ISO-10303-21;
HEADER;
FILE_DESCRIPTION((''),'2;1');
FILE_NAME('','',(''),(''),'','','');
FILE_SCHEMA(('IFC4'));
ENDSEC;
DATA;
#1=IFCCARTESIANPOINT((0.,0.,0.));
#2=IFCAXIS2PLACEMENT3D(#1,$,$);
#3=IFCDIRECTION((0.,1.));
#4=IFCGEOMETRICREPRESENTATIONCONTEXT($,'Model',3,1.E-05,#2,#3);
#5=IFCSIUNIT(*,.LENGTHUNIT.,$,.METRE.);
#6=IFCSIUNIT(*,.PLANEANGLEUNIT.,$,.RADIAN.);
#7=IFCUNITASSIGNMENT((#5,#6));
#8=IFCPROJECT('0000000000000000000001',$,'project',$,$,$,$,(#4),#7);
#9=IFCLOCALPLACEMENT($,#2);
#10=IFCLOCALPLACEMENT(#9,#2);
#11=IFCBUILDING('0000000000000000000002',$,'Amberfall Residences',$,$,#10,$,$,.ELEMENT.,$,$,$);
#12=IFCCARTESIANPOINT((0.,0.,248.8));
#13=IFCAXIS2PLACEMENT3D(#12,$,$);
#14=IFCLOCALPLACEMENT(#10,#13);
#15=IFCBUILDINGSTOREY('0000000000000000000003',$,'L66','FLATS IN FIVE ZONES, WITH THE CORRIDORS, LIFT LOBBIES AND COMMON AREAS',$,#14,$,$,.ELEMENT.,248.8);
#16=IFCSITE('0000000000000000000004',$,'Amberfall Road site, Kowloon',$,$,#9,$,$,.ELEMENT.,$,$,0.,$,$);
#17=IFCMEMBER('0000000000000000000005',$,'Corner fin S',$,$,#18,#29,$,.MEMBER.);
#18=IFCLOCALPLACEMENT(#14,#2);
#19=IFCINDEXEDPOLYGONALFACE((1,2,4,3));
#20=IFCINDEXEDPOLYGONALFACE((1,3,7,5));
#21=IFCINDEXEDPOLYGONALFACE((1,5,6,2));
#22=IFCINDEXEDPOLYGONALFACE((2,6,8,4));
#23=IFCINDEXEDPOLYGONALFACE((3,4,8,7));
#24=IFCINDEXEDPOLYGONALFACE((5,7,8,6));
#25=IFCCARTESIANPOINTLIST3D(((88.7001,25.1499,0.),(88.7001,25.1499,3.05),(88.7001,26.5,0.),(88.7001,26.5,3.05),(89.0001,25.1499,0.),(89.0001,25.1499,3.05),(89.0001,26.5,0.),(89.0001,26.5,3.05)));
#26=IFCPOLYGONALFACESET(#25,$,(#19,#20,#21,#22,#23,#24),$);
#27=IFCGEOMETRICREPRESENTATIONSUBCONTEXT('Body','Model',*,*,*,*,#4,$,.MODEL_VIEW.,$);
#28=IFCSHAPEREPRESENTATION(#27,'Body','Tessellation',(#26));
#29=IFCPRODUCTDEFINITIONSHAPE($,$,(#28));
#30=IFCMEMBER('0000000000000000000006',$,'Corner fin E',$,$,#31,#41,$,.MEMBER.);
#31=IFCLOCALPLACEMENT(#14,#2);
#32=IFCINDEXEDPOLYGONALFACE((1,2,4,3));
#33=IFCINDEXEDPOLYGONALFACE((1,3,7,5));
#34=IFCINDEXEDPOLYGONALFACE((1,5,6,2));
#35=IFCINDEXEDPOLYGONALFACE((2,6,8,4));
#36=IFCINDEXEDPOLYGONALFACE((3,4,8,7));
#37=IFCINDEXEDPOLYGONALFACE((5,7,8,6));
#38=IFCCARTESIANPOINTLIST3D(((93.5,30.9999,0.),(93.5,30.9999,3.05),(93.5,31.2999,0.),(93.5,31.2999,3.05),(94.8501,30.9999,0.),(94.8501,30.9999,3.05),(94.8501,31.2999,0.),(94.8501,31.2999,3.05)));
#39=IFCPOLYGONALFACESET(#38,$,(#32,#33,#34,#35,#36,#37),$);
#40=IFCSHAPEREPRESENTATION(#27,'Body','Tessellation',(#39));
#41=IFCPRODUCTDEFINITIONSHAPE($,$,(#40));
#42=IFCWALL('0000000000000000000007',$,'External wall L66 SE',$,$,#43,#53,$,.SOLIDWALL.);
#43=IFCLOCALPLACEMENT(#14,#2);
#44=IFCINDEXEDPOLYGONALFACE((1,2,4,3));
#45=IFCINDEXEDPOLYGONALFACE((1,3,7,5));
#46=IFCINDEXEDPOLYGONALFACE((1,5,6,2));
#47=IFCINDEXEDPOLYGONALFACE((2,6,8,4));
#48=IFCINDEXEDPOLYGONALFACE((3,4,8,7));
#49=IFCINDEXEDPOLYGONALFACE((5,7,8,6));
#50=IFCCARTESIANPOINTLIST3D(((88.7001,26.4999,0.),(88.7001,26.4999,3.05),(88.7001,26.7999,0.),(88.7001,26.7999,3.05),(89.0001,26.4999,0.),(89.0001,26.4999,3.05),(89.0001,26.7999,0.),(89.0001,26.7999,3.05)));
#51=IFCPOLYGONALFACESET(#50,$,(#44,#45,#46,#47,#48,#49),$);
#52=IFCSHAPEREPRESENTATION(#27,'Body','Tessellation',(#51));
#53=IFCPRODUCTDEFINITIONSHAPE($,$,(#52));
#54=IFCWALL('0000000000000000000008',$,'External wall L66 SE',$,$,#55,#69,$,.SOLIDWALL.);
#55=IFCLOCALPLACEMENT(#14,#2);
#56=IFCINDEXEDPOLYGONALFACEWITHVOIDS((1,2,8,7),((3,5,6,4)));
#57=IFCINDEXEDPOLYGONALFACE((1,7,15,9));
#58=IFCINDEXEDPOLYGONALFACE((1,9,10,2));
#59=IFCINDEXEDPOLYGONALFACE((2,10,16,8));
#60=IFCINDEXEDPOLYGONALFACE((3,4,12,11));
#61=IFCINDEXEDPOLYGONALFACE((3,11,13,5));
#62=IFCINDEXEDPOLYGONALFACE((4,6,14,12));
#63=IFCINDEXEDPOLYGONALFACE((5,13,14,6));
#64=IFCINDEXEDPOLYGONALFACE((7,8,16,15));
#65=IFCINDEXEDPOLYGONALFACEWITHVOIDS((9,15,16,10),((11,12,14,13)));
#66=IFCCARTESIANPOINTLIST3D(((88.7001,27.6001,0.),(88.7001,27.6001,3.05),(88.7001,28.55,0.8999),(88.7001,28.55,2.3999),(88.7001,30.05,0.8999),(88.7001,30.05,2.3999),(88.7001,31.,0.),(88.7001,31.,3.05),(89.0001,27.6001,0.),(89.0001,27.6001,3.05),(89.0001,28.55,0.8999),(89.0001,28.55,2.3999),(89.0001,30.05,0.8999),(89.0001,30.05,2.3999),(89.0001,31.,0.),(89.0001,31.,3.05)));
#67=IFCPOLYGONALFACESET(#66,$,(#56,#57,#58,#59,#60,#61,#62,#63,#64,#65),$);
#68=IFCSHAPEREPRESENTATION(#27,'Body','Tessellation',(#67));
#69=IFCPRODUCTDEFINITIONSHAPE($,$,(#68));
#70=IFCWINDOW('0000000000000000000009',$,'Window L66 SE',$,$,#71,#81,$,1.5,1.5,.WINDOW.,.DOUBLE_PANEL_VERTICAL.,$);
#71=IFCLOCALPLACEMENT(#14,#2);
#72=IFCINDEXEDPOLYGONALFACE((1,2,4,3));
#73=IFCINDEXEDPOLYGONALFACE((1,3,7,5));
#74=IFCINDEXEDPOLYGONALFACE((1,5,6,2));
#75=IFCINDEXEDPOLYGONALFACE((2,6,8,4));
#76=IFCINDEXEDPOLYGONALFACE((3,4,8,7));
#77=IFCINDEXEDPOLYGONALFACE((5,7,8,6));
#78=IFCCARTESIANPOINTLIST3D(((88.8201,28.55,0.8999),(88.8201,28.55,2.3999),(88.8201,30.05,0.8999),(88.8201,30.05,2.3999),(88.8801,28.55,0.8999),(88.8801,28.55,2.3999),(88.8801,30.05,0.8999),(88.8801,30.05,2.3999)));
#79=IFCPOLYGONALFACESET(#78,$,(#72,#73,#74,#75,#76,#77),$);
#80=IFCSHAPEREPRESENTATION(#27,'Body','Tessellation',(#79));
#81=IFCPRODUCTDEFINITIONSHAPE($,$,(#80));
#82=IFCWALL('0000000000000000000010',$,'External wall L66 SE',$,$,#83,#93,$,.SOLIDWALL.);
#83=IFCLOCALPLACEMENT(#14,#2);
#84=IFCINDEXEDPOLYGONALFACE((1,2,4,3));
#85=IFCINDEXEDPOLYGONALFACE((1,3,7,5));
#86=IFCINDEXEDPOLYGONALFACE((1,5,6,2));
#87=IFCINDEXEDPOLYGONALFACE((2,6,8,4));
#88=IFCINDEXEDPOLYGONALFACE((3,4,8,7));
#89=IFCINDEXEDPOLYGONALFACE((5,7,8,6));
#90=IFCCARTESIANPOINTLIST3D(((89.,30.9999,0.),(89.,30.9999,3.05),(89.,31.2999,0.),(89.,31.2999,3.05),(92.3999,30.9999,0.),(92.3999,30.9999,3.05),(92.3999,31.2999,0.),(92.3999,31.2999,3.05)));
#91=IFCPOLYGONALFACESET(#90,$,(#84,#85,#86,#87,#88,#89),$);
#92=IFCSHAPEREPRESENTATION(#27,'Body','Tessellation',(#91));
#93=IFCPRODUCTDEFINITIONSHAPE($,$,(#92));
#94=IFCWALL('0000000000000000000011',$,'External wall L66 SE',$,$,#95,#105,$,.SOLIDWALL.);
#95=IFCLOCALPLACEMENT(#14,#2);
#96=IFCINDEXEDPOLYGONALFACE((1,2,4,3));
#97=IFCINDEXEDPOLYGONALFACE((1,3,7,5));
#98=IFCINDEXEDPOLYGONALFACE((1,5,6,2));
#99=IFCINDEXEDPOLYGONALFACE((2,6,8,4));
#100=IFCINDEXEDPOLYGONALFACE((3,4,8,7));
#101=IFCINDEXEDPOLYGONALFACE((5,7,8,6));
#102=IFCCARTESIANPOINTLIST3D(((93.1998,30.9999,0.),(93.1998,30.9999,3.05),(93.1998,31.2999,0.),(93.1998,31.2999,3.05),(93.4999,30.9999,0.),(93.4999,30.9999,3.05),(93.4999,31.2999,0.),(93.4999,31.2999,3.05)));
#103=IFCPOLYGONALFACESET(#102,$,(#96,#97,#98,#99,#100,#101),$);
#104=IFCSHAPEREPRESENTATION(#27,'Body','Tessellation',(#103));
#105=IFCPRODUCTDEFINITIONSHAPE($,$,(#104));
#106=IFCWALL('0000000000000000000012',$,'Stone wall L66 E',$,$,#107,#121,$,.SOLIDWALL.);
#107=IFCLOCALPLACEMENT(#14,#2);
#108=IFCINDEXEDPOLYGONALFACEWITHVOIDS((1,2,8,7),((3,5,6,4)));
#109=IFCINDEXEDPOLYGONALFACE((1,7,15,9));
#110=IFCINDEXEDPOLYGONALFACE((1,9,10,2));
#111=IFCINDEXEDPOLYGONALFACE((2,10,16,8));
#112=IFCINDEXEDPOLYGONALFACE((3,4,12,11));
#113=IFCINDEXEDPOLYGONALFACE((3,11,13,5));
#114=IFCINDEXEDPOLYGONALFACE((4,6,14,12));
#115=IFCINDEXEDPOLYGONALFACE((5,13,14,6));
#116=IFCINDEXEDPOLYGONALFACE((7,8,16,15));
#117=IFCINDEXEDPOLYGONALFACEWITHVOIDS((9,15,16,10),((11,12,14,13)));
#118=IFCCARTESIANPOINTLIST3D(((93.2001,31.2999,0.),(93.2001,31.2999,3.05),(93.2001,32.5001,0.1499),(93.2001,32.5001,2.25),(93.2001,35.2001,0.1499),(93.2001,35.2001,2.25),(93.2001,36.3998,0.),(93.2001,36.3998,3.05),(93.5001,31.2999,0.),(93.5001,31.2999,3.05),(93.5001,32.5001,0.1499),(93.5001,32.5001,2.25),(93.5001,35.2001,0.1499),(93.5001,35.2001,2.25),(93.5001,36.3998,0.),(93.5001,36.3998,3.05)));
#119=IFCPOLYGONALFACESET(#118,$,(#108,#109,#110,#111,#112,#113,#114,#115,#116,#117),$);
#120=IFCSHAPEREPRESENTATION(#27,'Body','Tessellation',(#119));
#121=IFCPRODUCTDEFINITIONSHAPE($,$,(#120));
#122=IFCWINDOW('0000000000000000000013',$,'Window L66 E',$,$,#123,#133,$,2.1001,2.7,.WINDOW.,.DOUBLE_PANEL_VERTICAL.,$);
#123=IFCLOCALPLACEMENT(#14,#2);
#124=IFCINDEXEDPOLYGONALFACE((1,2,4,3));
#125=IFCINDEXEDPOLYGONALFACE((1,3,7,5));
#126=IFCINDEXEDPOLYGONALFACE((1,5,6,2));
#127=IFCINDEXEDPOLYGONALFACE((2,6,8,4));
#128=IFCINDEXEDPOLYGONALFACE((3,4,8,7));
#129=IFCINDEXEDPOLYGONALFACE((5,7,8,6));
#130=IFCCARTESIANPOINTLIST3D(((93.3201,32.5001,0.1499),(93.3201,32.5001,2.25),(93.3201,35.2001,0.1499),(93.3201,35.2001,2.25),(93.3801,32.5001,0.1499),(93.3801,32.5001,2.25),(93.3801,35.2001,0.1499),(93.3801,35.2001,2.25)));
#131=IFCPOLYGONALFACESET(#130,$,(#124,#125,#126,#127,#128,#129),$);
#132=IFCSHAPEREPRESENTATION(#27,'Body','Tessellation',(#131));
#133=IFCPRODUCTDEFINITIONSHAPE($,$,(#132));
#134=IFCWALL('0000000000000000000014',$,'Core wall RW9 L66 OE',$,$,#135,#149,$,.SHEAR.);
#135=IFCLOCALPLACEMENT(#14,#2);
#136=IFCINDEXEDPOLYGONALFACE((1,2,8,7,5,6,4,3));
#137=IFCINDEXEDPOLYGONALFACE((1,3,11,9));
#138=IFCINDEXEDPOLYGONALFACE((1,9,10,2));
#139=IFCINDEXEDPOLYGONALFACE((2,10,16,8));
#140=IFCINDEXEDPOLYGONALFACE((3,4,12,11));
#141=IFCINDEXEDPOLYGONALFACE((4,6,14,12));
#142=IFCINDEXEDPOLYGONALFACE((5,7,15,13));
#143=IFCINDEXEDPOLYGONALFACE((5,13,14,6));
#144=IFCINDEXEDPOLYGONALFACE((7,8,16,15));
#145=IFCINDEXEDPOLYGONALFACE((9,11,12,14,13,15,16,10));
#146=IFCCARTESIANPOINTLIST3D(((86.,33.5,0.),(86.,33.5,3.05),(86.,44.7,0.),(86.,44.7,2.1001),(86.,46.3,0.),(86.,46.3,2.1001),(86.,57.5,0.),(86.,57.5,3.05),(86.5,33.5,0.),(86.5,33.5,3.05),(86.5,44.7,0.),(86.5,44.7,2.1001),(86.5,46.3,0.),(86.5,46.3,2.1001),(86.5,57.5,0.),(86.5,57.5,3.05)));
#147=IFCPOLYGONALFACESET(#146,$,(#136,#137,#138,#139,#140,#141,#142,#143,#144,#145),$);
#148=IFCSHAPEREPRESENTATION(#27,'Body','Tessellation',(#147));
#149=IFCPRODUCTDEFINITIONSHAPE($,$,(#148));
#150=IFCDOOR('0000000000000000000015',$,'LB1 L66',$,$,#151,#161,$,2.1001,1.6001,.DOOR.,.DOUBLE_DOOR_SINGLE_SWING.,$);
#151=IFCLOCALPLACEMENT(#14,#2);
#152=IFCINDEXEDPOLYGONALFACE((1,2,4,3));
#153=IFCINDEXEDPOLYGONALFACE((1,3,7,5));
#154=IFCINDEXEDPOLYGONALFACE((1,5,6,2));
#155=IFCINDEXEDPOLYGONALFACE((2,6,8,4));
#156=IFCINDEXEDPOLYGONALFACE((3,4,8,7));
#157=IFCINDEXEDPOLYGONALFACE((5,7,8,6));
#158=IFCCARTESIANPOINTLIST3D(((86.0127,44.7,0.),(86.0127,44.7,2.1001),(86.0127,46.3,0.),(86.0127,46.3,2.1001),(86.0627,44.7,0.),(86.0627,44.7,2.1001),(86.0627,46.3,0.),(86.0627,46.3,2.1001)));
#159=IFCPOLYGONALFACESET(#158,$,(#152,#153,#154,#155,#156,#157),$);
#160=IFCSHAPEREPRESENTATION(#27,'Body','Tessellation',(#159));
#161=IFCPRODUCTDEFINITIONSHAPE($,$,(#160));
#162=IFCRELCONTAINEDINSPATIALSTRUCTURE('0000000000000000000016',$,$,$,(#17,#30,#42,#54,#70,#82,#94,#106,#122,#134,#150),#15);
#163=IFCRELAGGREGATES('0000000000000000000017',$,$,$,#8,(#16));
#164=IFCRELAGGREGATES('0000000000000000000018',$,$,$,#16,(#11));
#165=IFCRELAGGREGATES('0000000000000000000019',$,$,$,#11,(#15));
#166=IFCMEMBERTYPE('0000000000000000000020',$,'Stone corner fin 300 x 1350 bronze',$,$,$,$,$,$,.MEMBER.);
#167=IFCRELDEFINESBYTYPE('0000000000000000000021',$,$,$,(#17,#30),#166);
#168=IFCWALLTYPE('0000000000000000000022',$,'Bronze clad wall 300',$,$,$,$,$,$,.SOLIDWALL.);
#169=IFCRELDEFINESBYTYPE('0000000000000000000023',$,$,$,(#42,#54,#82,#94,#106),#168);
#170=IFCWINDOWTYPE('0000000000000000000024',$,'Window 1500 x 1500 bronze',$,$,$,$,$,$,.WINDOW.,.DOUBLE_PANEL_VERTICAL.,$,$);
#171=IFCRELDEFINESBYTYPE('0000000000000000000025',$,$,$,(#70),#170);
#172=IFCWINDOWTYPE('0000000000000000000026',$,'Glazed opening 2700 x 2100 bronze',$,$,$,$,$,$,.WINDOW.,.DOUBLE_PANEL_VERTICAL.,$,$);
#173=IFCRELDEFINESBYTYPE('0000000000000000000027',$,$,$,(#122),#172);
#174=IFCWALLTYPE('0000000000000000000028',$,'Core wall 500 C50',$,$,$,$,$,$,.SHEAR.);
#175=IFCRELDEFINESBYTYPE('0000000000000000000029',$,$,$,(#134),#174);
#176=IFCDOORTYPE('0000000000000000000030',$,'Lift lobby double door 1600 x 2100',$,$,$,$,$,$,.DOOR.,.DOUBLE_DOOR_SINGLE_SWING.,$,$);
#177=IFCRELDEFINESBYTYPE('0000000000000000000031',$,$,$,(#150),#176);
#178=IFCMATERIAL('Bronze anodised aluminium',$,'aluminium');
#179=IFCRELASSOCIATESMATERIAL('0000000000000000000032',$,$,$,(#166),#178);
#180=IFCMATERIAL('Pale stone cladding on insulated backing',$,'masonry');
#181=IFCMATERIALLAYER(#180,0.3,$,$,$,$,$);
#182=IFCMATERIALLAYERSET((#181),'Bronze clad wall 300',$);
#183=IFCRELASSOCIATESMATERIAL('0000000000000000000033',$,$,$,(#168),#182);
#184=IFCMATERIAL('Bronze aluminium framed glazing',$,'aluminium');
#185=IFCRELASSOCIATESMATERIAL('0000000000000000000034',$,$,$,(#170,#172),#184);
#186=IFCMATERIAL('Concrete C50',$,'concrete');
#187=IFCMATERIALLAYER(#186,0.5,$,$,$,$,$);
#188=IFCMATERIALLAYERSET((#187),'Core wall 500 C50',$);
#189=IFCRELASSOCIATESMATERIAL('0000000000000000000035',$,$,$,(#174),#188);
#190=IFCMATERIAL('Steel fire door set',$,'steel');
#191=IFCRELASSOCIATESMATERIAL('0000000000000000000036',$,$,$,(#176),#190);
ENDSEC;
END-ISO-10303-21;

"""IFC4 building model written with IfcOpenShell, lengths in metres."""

from ifc_helpers import new_model, si_unit, direction, frame, frame_2d, origin, origin_2d, place, context, subcontext, project, spatial, rectangle, extrude, material, layer, layer_set, material_profile, profile_set, type_object, element, fill, save


model = new_model("IFC4")

# Units and contexts
model_context = context("Model", 3, precision=1e-05, world=origin(), true_north=direction((0.0, 1.0)))
body_context = subcontext(model_context, "Body", "Model", "MODEL_VIEW")
ifc_project = project(units=[si_unit("LENGTHUNIT", "METRE"), si_unit("PLANEANGLEUNIT", "RADIAN")], contexts=[model_context])

# Site, building, storey
site_placement = place(None, origin())
site = spatial("IfcSite", under=ifc_project, at=site_placement, Name="Amberfall Road site, Kowloon", CompositionType="ELEMENT", RefElevation=0.0)
building_placement = place(site_placement, origin())
building = spatial("IfcBuilding", under=site, at=building_placement, Name="Amberfall Residences", CompositionType="ELEMENT")
storey_placement = place(building_placement, frame((0.0, 0.0, 248.8)))
storey = spatial("IfcBuildingStorey", under=building, at=storey_placement, Name="L66", Description="FLATS IN FIVE ZONES, WITH THE CORRIDORS, LIFT LOBBIES AND COMMON AREAS", CompositionType="ELEMENT", Elevation=248.8)

# Shared definitions
ifc_material_1 = material(Name="Concrete C50", Category="concrete")

# Members
ifc_material_2 = material(Name="Bronze anodised aluminium", Category="aluminium")
ifc_material_profile_1 = material_profile(ifc_material_2, rectangle(XDim=1.3501, YDim=0.3, at=origin_2d()), Name="Stone corner fin 300 x 1350 bronze")
ifc_profile_set_1 = profile_set([ifc_material_profile_1], Name="Bronze anodised aluminium")
member_type = type_object("IfcMemberType", Name="Stone corner fin 300 x 1350 bronze", PredefinedType="MEMBER", material=ifc_profile_set_1)
for number, where, z_axis, x_axis, name in (
    (1, (88.8501, 25.825, 0.0), (0.0, 0.0, 1.0), (0.0, 1.0, 0.0), "Corner fin S"),
    (2, (94.175, 31.1499, 0.0), (0.0, 0.0, 1.0), (-1.0, 0.0, 0.0), "Corner fin E"),
):
    element("IfcMember", number, at=place(storey_placement, frame(where, z_axis=z_axis, x_axis=x_axis)), inside=storey, type_object=member_type, Name=name, PredefinedType="MEMBER", context=body_context, shape_type="SweptSolid", body=[
        extrude(rectangle(XDim=1.3501, YDim=0.3, at=origin_2d()), origin(), (0.0, 0.0, 1.0), 3.05),
    ])

# Wall
ifc_material_3 = material(Name="Pale stone cladding on insulated backing", Category="masonry")
ifc_layer_1 = layer(ifc_material_3, 0.3)
ifc_layer_set_1 = layer_set([ifc_layer_1], Name="Bronze clad wall 300")
wall_type_1 = type_object("IfcWallType", Name="Bronze clad wall 300", PredefinedType="SOLIDWALL", material=ifc_layer_set_1)
wall_1_placement = place(storey_placement, frame((88.8501, 26.5, 0.0), z_axis=(0.0, 0.0, 1.0), x_axis=(0.0, 1.0, 0.0)))
element("IfcWall", 3, at=wall_1_placement, inside=storey, type_object=wall_type_1, Name="External wall L66 SE", PredefinedType="SOLIDWALL", context=body_context, shape_type="SweptSolid", body=[
    extrude(rectangle(XDim=0.3, YDim=0.3, at=frame_2d((0.1499, 0.0))), origin(), (0.0, 0.0, 1.0), 3.05),
])

# Wall, opening, window
wall_2_placement = place(storey_placement, frame((88.8501, 27.6001, 0.0), z_axis=(0.0, 0.0, 1.0), x_axis=(0.0, 1.0, 0.0)))
wall_2 = element("IfcWall", 4, at=wall_2_placement, inside=storey, type_object=wall_type_1, Name="External wall L66 SE", PredefinedType="SOLIDWALL", context=body_context, shape_type="SweptSolid", body=[
    extrude(rectangle(XDim=3.3999, YDim=0.3, at=frame_2d((1.7, 0.0))), origin(), (0.0, 0.0, 1.0), 3.05),
])
opening_1_placement = place(wall_2_placement, frame((0.95, 0.0, 0.8999)))
opening_1 = element("IfcOpeningElement", 5, at=opening_1_placement, cuts=wall_2, PredefinedType="OPENING", context=body_context, shape_type="SweptSolid", body=[
    extrude(rectangle(XDim=1.5, YDim=1.5, at=frame_2d((0.75, 0.75))), frame((0.0, 0.1599, 0.0), z_axis=(0.0, -1.0, 0.0), x_axis=(1.0, 0.0, 0.0)), (0.0, 0.0, 1.0), 0.3201),
])
ifc_material_4 = material(Name="Bronze aluminium framed glazing", Category="aluminium")
window_type_1 = type_object("IfcWindowType", Name="Window 1500 x 1500 bronze", PartitioningType="DOUBLE_PANEL_VERTICAL", PredefinedType="WINDOW", material=ifc_material_4)
window_1_placement = place(opening_1_placement, origin())
window_1 = element("IfcWindow", 6, at=window_1_placement, inside=storey, type_object=window_type_1, Name="Window L66 SE", OverallHeight=1.5, OverallWidth=1.5, PartitioningType="DOUBLE_PANEL_VERTICAL", PredefinedType="WINDOW", context=body_context, shape_type="SweptSolid", body=[
    extrude(rectangle(XDim=1.5, YDim=1.5, at=frame_2d((0.75, 0.75))), frame((0.0, 0.03, 0.0), z_axis=(0.0, -1.0, 0.0), x_axis=(1.0, 0.0, 0.0)), (0.0, 0.0, 1.0), 0.0601),
])
fill(opening_1, window_1)

# Walls
wall_3_placement = place(storey_placement, frame((89.0, 31.1499, 0.0), z_axis=(0.0, 0.0, 1.0), x_axis=(1.0, 0.0, 0.0)))
element("IfcWall", 7, at=wall_3_placement, inside=storey, type_object=wall_type_1, Name="External wall L66 SE", PredefinedType="SOLIDWALL", context=body_context, shape_type="SweptSolid", body=[
    extrude(rectangle(XDim=3.3999, YDim=0.3, at=frame_2d((1.7, 0.0))), origin(), (0.0, 0.0, 1.0), 3.05),
])
wall_4_placement = place(storey_placement, frame((93.2, 31.1499, 0.0), z_axis=(0.0, 0.0, 1.0), x_axis=(1.0, 0.0, 0.0)))
element("IfcWall", 8, at=wall_4_placement, inside=storey, type_object=wall_type_1, Name="External wall L66 SE", PredefinedType="SOLIDWALL", context=body_context, shape_type="SweptSolid", body=[
    extrude(rectangle(XDim=0.3, YDim=0.3, at=frame_2d((0.1499, 0.0))), origin(), (0.0, 0.0, 1.0), 3.05),
])

# Wall, opening, window
wall_5_placement = place(storey_placement, frame((93.3501, 31.3, 0.0), z_axis=(0.0, 0.0, 1.0), x_axis=(0.0, 1.0, 0.0)))
wall_5 = element("IfcWall", 9, at=wall_5_placement, inside=storey, type_object=wall_type_1, Name="Stone wall L66 E", PredefinedType="SOLIDWALL", context=body_context, shape_type="SweptSolid", body=[
    extrude(rectangle(XDim=5.0999, YDim=0.3, at=frame_2d((2.5498, 0.0))), origin(), (0.0, 0.0, 1.0), 3.05),
])
opening_2_placement = place(wall_5_placement, frame((1.2, 0.0, 0.1499)))
opening_2 = element("IfcOpeningElement", 10, at=opening_2_placement, cuts=wall_5, PredefinedType="OPENING", context=body_context, shape_type="SweptSolid", body=[
    extrude(rectangle(XDim=2.7, YDim=2.1001, at=frame_2d((1.3501, 1.05))), frame((0.0, 0.1599, 0.0), z_axis=(0.0, -1.0, 0.0), x_axis=(1.0, 0.0, 0.0)), (0.0, 0.0, 1.0), 0.3201),
])
window_type_2 = type_object("IfcWindowType", Name="Glazed opening 2700 x 2100 bronze", PartitioningType="DOUBLE_PANEL_VERTICAL", PredefinedType="WINDOW", material=ifc_material_4)
window_2_placement = place(opening_2_placement, origin())
window_2 = element("IfcWindow", 11, at=window_2_placement, inside=storey, type_object=window_type_2, Name="Window L66 E", OverallHeight=2.1001, OverallWidth=2.7, PartitioningType="DOUBLE_PANEL_VERTICAL", PredefinedType="WINDOW", context=body_context, shape_type="SweptSolid", body=[
    extrude(rectangle(XDim=2.7, YDim=2.1001, at=frame_2d((1.3501, 1.05))), frame((0.0, 0.03, 0.0), z_axis=(0.0, -1.0, 0.0), x_axis=(1.0, 0.0, 0.0)), (0.0, 0.0, 1.0), 0.0601),
])
fill(opening_2, window_2)

# Wall, opening, door
ifc_layer_2 = layer(ifc_material_1, 0.5)
ifc_layer_set_2 = layer_set([ifc_layer_2], Name="Core wall 500 C50")
wall_type_2 = type_object("IfcWallType", Name="Core wall 500 C50", PredefinedType="SHEAR", material=ifc_layer_set_2)
wall_6_placement = place(storey_placement, frame((86.25, 33.5, 0.0), z_axis=(0.0, 0.0, 1.0), x_axis=(0.0, 1.0, 0.0)))
wall_6 = element("IfcWall", 12, at=wall_6_placement, inside=storey, type_object=wall_type_2, Name="Core wall RW9 L66 OE", PredefinedType="SHEAR", context=body_context, shape_type="SweptSolid", body=[
    extrude(rectangle(XDim=24.0, YDim=0.5, at=frame_2d((12.0, 0.0))), origin(), (0.0, 0.0, 1.0), 3.05),
])
opening_3_placement = place(wall_6_placement, frame((11.2, 0.0, 0.0)))
opening_3 = element("IfcOpeningElement", 13, at=opening_3_placement, cuts=wall_6, PredefinedType="OPENING", context=body_context, shape_type="SweptSolid", body=[
    extrude(rectangle(XDim=1.6001, YDim=2.1001, at=frame_2d((0.8, 1.05))), frame((0.0, 0.26, 0.0), z_axis=(0.0, -1.0, 0.0), x_axis=(1.0, 0.0, 0.0)), (0.0, 0.0, 1.0), 0.52),
])
ifc_material_5 = material(Name="Steel fire door set", Category="steel")
door_type_1 = type_object("IfcDoorType", Name="Lift lobby double door 1600 x 2100", OperationType="DOUBLE_DOOR_SINGLE_SWING", PredefinedType="DOOR", material=ifc_material_5)
door_1_placement = place(opening_3_placement, origin())
door_1 = element("IfcDoor", 14, at=door_1_placement, inside=storey, type_object=door_type_1, Name="LB1 L66", OperationType="DOUBLE_DOOR_SINGLE_SWING", OverallHeight=2.1001, OverallWidth=1.6001, PredefinedType="DOOR", context=body_context, shape_type="SweptSolid", body=[
    extrude(rectangle(XDim=1.6001, YDim=2.1001, at=frame_2d((0.8, 1.05))), frame((0.0, 0.2373, 0.0), z_axis=(0.0, -1.0, 0.0), x_axis=(1.0, 0.0, 0.0)), (0.0, 0.0, 1.0), 0.05),
])
fill(opening_3, door_1)

save(model, "model.ifc")
